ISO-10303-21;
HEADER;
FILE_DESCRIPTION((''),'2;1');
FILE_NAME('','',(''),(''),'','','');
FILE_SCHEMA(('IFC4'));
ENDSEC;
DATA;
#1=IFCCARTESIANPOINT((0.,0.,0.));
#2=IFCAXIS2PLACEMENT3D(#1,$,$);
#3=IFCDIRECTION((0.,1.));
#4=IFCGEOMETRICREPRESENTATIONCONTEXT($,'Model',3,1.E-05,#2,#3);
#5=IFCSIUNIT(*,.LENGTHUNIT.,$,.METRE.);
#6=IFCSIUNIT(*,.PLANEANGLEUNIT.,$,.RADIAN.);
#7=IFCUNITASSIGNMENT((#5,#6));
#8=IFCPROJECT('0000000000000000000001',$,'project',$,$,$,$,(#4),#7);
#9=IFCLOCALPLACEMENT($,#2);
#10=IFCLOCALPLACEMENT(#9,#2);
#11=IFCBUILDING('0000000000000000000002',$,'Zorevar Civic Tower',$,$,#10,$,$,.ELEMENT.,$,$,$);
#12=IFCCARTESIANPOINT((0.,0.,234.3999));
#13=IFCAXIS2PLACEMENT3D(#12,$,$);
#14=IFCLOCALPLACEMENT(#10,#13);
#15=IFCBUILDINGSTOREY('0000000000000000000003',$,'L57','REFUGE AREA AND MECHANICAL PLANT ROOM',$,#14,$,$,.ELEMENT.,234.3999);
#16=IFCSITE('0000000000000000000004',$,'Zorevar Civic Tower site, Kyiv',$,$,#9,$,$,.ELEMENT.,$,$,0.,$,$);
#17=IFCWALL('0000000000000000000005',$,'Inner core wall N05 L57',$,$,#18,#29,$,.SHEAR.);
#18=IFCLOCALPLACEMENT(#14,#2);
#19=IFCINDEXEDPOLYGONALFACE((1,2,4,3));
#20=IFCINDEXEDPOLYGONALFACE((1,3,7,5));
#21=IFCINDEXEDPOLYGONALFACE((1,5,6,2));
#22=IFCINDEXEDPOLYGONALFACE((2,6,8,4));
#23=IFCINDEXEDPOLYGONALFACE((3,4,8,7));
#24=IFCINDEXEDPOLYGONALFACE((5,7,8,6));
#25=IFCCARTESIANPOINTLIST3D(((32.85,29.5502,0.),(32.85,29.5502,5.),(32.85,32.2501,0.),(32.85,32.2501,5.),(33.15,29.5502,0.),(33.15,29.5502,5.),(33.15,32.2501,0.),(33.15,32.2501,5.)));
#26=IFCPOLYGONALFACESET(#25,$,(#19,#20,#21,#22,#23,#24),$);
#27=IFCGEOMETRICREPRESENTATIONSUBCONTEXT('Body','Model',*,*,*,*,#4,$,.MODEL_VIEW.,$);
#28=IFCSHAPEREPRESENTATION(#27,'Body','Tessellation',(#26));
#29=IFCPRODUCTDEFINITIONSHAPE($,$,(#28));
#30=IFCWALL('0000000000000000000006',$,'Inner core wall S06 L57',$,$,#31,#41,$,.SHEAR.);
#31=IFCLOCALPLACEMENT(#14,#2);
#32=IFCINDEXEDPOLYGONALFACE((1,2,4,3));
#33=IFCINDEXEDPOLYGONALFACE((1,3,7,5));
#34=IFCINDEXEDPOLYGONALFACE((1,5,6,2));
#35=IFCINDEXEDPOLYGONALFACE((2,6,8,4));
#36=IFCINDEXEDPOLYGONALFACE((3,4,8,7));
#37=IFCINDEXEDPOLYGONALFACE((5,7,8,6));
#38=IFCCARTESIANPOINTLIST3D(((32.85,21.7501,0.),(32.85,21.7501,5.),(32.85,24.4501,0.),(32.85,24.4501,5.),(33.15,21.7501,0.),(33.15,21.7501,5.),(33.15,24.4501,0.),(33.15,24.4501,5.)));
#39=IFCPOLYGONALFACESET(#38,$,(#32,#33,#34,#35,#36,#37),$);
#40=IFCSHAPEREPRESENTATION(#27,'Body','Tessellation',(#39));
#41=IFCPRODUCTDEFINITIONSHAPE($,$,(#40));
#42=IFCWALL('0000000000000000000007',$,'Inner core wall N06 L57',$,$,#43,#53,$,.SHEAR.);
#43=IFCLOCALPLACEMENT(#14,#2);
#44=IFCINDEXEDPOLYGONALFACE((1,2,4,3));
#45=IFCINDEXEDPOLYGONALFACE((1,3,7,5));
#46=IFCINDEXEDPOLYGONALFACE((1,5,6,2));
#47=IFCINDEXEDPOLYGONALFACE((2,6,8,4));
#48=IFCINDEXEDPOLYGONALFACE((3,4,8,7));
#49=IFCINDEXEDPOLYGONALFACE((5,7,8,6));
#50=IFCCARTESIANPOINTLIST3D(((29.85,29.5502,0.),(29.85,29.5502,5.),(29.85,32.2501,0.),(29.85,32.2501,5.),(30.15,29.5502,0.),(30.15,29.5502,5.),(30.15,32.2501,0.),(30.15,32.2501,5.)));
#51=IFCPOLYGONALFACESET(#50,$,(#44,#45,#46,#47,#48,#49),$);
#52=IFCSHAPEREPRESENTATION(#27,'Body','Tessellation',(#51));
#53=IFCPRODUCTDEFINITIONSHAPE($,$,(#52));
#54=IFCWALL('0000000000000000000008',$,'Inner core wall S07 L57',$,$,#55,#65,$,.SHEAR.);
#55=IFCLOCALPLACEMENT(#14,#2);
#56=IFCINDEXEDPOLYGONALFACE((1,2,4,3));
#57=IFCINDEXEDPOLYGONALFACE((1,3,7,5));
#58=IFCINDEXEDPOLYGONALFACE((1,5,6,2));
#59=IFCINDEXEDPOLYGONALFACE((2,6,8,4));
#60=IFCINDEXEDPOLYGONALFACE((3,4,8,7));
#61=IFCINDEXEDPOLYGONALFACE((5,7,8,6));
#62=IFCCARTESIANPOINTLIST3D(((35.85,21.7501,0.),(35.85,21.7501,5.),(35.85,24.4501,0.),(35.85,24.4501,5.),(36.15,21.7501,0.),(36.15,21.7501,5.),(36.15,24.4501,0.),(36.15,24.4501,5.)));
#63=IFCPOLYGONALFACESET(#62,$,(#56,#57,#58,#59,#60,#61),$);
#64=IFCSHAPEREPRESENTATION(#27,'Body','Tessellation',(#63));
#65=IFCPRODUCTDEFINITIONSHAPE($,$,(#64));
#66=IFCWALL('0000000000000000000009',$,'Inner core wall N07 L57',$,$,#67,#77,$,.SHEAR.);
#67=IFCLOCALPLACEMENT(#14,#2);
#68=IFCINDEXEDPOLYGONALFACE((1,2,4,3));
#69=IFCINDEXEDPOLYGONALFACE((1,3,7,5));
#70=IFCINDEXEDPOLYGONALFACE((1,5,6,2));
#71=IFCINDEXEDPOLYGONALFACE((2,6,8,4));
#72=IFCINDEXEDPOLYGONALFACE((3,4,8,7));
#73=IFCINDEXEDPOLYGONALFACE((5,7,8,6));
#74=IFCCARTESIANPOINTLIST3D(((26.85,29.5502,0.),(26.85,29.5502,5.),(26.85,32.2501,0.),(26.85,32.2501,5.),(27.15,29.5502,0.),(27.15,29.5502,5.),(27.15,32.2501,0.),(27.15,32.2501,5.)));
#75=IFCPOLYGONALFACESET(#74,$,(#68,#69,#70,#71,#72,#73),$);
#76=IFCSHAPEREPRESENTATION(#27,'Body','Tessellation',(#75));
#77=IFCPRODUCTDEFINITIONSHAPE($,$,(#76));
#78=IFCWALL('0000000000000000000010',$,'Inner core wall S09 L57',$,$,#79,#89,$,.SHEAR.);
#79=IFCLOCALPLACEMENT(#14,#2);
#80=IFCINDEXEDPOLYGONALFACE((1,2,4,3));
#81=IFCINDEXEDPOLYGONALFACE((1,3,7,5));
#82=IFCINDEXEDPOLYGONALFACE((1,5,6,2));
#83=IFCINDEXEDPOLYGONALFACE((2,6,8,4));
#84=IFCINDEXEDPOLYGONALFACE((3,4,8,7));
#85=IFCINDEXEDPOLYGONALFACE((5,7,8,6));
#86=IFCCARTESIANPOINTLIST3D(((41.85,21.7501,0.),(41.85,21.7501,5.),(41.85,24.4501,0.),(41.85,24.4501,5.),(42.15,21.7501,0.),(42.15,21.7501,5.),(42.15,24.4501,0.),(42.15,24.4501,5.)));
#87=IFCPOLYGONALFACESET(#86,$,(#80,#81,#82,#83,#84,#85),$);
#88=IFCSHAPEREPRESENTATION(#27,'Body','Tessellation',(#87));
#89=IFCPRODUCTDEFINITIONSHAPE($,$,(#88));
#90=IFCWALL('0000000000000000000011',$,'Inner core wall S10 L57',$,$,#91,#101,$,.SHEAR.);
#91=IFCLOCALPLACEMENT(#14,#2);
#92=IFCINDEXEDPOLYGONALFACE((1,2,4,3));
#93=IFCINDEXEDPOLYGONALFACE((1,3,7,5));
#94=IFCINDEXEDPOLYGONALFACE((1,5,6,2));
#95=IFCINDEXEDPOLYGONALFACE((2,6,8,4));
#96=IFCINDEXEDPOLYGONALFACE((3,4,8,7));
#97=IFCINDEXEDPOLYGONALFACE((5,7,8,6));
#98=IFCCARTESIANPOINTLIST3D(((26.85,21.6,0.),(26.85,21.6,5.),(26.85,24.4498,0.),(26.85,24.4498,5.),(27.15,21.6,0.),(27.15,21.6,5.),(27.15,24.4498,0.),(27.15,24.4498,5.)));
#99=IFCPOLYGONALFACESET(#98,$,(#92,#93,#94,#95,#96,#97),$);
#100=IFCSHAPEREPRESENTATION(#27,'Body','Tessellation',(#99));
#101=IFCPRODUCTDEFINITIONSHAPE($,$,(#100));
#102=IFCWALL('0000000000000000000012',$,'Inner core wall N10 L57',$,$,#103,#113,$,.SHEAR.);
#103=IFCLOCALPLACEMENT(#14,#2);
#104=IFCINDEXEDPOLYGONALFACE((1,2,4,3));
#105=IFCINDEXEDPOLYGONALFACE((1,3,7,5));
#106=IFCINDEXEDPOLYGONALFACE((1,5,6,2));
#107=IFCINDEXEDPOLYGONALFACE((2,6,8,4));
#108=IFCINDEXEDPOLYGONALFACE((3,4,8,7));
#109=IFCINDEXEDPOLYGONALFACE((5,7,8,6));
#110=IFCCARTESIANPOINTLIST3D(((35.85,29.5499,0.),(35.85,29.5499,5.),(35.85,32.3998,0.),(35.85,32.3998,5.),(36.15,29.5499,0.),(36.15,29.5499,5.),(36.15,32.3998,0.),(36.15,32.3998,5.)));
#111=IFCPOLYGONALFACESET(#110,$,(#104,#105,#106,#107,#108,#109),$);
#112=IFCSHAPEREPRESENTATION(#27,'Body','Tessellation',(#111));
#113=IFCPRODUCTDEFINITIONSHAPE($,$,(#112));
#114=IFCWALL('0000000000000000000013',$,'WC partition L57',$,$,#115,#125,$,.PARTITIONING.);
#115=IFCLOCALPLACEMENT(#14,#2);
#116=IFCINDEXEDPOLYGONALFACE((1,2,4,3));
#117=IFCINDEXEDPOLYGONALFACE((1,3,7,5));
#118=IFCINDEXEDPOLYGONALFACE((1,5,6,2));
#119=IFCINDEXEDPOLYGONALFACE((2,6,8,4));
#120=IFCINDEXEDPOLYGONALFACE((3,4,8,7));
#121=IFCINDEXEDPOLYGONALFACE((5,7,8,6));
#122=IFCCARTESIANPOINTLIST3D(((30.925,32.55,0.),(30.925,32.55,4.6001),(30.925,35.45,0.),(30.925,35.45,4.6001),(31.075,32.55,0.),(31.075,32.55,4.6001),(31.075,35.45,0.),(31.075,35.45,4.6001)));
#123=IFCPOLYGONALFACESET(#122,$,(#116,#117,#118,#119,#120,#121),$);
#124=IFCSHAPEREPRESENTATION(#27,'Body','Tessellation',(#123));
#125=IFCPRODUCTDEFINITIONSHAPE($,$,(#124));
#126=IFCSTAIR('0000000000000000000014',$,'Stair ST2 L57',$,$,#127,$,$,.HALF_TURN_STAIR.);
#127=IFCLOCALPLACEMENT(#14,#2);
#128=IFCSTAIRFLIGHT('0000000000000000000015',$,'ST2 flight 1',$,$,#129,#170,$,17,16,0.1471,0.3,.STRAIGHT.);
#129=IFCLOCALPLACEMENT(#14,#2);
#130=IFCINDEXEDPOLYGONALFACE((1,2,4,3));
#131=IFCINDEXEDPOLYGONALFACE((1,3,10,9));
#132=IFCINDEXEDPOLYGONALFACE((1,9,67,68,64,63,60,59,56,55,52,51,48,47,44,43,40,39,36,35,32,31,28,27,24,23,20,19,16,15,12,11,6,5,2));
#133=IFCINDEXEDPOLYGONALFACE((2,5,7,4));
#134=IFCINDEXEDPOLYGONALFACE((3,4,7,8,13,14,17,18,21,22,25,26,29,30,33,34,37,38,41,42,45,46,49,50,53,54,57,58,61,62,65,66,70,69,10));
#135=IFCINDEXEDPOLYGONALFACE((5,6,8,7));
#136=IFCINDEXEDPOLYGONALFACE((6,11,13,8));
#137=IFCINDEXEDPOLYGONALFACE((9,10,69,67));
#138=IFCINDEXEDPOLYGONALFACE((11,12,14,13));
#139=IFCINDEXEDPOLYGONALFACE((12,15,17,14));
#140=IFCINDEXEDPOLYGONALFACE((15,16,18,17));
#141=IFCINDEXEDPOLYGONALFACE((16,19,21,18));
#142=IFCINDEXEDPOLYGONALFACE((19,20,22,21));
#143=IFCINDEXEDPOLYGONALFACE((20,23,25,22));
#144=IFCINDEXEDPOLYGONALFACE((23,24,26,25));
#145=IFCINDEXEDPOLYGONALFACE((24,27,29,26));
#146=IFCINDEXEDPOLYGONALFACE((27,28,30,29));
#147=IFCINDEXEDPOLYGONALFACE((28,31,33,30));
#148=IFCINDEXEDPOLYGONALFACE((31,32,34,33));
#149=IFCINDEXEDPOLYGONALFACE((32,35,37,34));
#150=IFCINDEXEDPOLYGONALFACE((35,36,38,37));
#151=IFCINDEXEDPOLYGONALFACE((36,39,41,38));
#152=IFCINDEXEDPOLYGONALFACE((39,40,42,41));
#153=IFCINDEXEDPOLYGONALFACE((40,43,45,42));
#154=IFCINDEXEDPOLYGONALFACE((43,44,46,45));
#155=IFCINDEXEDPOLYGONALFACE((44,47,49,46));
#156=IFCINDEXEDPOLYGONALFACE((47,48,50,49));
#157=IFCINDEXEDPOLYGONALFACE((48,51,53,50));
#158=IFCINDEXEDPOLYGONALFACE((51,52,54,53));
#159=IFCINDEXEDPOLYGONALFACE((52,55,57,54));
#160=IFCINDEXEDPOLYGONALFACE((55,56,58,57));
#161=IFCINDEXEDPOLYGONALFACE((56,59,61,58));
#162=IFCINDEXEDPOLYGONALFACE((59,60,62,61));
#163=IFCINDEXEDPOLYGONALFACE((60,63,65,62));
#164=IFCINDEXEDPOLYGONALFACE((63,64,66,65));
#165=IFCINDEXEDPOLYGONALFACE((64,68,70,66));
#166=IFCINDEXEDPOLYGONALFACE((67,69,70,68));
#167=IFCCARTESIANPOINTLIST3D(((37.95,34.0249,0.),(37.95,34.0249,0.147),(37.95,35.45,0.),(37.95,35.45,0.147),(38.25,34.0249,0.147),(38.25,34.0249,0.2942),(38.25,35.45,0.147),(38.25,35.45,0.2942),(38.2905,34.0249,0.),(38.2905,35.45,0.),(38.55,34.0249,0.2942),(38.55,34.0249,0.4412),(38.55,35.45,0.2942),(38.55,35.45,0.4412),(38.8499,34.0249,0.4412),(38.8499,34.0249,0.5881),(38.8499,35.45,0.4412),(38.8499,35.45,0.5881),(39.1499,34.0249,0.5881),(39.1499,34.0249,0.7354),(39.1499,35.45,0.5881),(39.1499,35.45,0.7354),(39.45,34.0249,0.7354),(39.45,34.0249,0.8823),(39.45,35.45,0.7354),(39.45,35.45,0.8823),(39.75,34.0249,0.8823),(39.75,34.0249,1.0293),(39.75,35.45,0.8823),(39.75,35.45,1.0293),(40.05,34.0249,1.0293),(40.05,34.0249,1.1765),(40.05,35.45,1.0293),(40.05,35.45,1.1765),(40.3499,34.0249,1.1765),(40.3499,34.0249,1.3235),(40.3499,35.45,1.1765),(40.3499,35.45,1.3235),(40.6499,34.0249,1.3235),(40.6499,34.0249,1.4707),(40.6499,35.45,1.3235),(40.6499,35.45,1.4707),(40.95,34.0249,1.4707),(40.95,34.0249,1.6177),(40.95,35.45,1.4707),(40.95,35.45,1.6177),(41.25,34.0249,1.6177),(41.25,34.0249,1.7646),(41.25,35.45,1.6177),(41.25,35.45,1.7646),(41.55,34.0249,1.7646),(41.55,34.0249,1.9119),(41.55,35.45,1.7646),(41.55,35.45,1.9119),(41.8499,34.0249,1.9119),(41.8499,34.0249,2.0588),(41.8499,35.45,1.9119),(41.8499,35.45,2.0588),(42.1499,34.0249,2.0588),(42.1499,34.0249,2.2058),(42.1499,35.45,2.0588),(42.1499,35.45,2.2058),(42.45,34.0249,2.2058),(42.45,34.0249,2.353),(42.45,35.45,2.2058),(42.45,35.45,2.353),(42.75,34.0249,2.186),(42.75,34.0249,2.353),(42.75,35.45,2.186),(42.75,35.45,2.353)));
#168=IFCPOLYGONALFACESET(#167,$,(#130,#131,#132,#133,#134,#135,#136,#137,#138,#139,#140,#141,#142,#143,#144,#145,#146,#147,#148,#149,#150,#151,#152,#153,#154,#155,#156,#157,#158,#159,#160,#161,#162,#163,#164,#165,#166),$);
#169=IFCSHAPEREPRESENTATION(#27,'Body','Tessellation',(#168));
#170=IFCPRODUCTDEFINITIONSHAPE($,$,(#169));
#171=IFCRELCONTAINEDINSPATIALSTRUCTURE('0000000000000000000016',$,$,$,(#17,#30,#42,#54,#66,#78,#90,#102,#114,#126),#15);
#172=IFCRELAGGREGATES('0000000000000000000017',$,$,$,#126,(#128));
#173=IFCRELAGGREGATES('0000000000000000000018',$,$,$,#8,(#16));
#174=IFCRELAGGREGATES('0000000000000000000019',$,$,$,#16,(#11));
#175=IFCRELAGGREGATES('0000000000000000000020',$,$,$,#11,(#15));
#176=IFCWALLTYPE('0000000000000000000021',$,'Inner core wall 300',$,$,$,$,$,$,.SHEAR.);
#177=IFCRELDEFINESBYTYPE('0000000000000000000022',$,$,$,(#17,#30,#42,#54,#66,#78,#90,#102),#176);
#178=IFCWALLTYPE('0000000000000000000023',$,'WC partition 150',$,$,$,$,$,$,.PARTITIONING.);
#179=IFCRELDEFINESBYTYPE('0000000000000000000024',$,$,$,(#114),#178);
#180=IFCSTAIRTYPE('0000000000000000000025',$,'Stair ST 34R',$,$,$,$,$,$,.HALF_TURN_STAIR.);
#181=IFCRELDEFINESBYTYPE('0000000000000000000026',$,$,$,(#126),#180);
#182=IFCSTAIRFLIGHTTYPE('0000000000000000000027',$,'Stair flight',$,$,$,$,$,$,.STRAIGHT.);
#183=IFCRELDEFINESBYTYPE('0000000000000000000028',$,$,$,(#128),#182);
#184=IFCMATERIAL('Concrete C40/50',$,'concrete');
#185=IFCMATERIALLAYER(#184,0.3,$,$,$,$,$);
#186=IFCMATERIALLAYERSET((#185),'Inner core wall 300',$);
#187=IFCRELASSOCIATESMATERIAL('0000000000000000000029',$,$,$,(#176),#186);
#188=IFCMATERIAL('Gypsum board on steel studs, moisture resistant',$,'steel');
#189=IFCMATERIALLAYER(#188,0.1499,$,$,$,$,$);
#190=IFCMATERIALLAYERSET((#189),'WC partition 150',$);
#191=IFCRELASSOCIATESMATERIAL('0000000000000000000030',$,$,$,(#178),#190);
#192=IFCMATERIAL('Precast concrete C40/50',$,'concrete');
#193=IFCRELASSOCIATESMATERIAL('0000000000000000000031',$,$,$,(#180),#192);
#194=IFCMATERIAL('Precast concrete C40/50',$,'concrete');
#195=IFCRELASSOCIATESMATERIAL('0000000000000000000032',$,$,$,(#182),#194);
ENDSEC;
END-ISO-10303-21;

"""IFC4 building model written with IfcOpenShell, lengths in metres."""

from ifc_helpers import new_model, si_unit, direction, frame, frame_2d, origin, place, context, subcontext, project, spatial, polyline, rectangle, outline, extrude, material, layer, layer_set, type_object, element, aggregate, save


model = new_model("IFC4")

# Units and contexts
model_context = context("Model", 3, precision=1e-05, world=origin(), true_north=direction((0.0, 1.0)))
body_context = subcontext(model_context, "Body", "Model", "MODEL_VIEW")
ifc_project = project(units=[si_unit("LENGTHUNIT", "METRE"), si_unit("PLANEANGLEUNIT", "RADIAN")], contexts=[model_context])

# Site, building, storey
site_placement = place(None, origin())
site = spatial("IfcSite", under=ifc_project, at=site_placement, Name="Zorevar Civic Tower site, Kyiv", CompositionType="ELEMENT", RefElevation=0.0)
building_placement = place(site_placement, origin())
building = spatial("IfcBuilding", under=site, at=building_placement, Name="Zorevar Civic Tower", CompositionType="ELEMENT")
storey_placement = place(building_placement, frame((0.0, 0.0, 234.3999)))
storey = spatial("IfcBuildingStorey", under=building, at=storey_placement, Name="L57", Description="REFUGE AREA AND MECHANICAL PLANT ROOM", CompositionType="ELEMENT", Elevation=234.3999)

# Shared definitions
ifc_material_1 = material(Name="Concrete C40/50", Category="concrete")
ifc_layer_1 = layer(ifc_material_1, 0.3)
ifc_layer_set_1 = layer_set([ifc_layer_1], Name="Inner core wall 300")
wall_type_1 = type_object("IfcWallType", Name="Inner core wall 300", PredefinedType="SHEAR", material=ifc_layer_set_1)

# Walls
for number, where, z_axis, x_axis, name in (
    (1, (33.0, 29.55, 0.0), (0.0, 0.0, 1.0), (0.0, 1.0, 0.0), "Inner core wall N05 L57"),
    (2, (33.0, 21.75, 0.0), (0.0, 0.0, 1.0), (0.0, 1.0, 0.0), "Inner core wall S06 L57"),
    (3, (30.0, 29.55, 0.0), (0.0, 0.0, 1.0), (0.0, 1.0, 0.0), "Inner core wall N06 L57"),
    (4, (36.0, 21.75, 0.0), (0.0, 0.0, 1.0), (0.0, 1.0, 0.0), "Inner core wall S07 L57"),
    (5, (27.0, 29.55, 0.0), (0.0, 0.0, 1.0), (0.0, 1.0, 0.0), "Inner core wall N07 L57"),
    (6, (42.0, 21.75, 0.0), (0.0, 0.0, 1.0), (0.0, 1.0, 0.0), "Inner core wall S09 L57"),
):
    element("IfcWall", number, at=place(storey_placement, frame(where, z_axis=z_axis, x_axis=x_axis)), inside=storey, type_object=wall_type_1, Name=name, PredefinedType="SHEAR", context=body_context, shape_type="SweptSolid", body=[
        extrude(rectangle(XDim=2.7, YDim=0.3, at=frame_2d((1.3501, 0.0))), origin(), (0.0, 0.0, 1.0), 5.0),
    ])
for number, where, z_axis, x_axis, name in (
    (7, (27.0, 21.6001, 0.0), (0.0, 0.0, 1.0), (0.0, 1.0, 0.0), "Inner core wall S10 L57"),
    (8, (36.0, 29.55, 0.0), (0.0, 0.0, 1.0), (0.0, 1.0, 0.0), "Inner core wall N10 L57"),
):
    element("IfcWall", number, at=place(storey_placement, frame(where, z_axis=z_axis, x_axis=x_axis)), inside=storey, type_object=wall_type_1, Name=name, PredefinedType="SHEAR", context=body_context, shape_type="SweptSolid", body=[
        extrude(rectangle(XDim=2.8499, YDim=0.3, at=frame_2d((1.4248, 0.0))), origin(), (0.0, 0.0, 1.0), 5.0),
    ])
ifc_material_2 = material(Name="Gypsum board on steel studs, moisture resistant", Category="steel")
ifc_layer_2 = layer(ifc_material_2, 0.1499)
ifc_layer_set_2 = layer_set([ifc_layer_2], Name="WC partition 150")
wall_type_2 = type_object("IfcWallType", Name="WC partition 150", PredefinedType="PARTITIONING", material=ifc_layer_set_2)
wall_1_placement = place(storey_placement, frame((31.0, 32.55, 0.0), z_axis=(0.0, 0.0, 1.0), x_axis=(0.0, 1.0, 0.0)))
element("IfcWall", 9, at=wall_1_placement, inside=storey, type_object=wall_type_2, Name="WC partition L57", PredefinedType="PARTITIONING", context=body_context, shape_type="SweptSolid", body=[
    extrude(rectangle(XDim=2.8999, YDim=0.1499, at=frame_2d((1.45, 0.0))), origin(), (0.0, 0.0, 1.0), 4.6001),
])

# Stair, stair flight
ifc_material_3 = material(Name="Precast concrete C40/50", Category="concrete")
stair_type = type_object("IfcStairType", Name="Stair ST 34R", PredefinedType="HALF_TURN_STAIR", material=ifc_material_3)
stair_placement = place(storey_placement, origin())
stair = element("IfcStair", 10, at=stair_placement, inside=storey, type_object=stair_type, Name="Stair ST2 L57", PredefinedType="HALF_TURN_STAIR")
ifc_material_4 = material(Name="Precast concrete C40/50", Category="concrete")
stair_flight_type = type_object("IfcStairFlightType", Name="Stair flight", PredefinedType="STRAIGHT", material=ifc_material_4)
stair_flight_1_placement = place(storey_placement, frame((37.95, 34.7375, 0.0), z_axis=(0.0, 0.0, 1.0), x_axis=(1.0, 0.0, 0.0)))
stair_flight_1 = element("IfcStairFlight", 11, at=stair_flight_1_placement, type_object=stair_flight_type, Name="ST2 flight 1", NumberOfRisers=17, NumberOfTreads=16, PredefinedType="STRAIGHT", RiserHeight=0.1471, TreadLength=0.3, context=body_context, shape_type="SweptSolid", body=[
    extrude(outline(polyline([(0.0, 0.0), (0.0, 0.147), (0.3, 0.147), (0.3, 0.2942), (0.6001, 0.2942), (0.6001, 0.4412), (0.8999, 0.4412), (0.8999, 0.5881), (1.2, 0.5881), (1.2, 0.7354), (1.5, 0.7354), (1.5, 0.8823), (1.8, 0.8823), (1.8, 1.0293), (2.1001, 1.0293), (2.1001, 1.1765), (2.3999, 1.1765), (2.3999, 1.3235), (2.7, 1.3235), (2.7, 1.4707), (3.0, 1.4707), (3.0, 1.6177), (3.3, 1.6177), (3.3, 1.7646), (3.6001, 1.7646), (3.6001, 1.9119), (3.8999, 1.9119), (3.8999, 2.0588), (4.2, 2.0588), (4.2, 2.2058), (4.5, 2.2058), (4.5, 2.353), (4.8, 2.353), (4.8, 2.5), (4.8, 2.186), (0.3406, 0.0), (0.0, 0.0)])), frame((0.0, 0.7124, 0.0), z_axis=(0.0, -1.0, 0.0), x_axis=(1.0, 0.0, 0.0)), (0.0, 0.0, 1.0), 1.425),
])
aggregate(stair, [stair_flight_1])

save(model, "model.ifc")
